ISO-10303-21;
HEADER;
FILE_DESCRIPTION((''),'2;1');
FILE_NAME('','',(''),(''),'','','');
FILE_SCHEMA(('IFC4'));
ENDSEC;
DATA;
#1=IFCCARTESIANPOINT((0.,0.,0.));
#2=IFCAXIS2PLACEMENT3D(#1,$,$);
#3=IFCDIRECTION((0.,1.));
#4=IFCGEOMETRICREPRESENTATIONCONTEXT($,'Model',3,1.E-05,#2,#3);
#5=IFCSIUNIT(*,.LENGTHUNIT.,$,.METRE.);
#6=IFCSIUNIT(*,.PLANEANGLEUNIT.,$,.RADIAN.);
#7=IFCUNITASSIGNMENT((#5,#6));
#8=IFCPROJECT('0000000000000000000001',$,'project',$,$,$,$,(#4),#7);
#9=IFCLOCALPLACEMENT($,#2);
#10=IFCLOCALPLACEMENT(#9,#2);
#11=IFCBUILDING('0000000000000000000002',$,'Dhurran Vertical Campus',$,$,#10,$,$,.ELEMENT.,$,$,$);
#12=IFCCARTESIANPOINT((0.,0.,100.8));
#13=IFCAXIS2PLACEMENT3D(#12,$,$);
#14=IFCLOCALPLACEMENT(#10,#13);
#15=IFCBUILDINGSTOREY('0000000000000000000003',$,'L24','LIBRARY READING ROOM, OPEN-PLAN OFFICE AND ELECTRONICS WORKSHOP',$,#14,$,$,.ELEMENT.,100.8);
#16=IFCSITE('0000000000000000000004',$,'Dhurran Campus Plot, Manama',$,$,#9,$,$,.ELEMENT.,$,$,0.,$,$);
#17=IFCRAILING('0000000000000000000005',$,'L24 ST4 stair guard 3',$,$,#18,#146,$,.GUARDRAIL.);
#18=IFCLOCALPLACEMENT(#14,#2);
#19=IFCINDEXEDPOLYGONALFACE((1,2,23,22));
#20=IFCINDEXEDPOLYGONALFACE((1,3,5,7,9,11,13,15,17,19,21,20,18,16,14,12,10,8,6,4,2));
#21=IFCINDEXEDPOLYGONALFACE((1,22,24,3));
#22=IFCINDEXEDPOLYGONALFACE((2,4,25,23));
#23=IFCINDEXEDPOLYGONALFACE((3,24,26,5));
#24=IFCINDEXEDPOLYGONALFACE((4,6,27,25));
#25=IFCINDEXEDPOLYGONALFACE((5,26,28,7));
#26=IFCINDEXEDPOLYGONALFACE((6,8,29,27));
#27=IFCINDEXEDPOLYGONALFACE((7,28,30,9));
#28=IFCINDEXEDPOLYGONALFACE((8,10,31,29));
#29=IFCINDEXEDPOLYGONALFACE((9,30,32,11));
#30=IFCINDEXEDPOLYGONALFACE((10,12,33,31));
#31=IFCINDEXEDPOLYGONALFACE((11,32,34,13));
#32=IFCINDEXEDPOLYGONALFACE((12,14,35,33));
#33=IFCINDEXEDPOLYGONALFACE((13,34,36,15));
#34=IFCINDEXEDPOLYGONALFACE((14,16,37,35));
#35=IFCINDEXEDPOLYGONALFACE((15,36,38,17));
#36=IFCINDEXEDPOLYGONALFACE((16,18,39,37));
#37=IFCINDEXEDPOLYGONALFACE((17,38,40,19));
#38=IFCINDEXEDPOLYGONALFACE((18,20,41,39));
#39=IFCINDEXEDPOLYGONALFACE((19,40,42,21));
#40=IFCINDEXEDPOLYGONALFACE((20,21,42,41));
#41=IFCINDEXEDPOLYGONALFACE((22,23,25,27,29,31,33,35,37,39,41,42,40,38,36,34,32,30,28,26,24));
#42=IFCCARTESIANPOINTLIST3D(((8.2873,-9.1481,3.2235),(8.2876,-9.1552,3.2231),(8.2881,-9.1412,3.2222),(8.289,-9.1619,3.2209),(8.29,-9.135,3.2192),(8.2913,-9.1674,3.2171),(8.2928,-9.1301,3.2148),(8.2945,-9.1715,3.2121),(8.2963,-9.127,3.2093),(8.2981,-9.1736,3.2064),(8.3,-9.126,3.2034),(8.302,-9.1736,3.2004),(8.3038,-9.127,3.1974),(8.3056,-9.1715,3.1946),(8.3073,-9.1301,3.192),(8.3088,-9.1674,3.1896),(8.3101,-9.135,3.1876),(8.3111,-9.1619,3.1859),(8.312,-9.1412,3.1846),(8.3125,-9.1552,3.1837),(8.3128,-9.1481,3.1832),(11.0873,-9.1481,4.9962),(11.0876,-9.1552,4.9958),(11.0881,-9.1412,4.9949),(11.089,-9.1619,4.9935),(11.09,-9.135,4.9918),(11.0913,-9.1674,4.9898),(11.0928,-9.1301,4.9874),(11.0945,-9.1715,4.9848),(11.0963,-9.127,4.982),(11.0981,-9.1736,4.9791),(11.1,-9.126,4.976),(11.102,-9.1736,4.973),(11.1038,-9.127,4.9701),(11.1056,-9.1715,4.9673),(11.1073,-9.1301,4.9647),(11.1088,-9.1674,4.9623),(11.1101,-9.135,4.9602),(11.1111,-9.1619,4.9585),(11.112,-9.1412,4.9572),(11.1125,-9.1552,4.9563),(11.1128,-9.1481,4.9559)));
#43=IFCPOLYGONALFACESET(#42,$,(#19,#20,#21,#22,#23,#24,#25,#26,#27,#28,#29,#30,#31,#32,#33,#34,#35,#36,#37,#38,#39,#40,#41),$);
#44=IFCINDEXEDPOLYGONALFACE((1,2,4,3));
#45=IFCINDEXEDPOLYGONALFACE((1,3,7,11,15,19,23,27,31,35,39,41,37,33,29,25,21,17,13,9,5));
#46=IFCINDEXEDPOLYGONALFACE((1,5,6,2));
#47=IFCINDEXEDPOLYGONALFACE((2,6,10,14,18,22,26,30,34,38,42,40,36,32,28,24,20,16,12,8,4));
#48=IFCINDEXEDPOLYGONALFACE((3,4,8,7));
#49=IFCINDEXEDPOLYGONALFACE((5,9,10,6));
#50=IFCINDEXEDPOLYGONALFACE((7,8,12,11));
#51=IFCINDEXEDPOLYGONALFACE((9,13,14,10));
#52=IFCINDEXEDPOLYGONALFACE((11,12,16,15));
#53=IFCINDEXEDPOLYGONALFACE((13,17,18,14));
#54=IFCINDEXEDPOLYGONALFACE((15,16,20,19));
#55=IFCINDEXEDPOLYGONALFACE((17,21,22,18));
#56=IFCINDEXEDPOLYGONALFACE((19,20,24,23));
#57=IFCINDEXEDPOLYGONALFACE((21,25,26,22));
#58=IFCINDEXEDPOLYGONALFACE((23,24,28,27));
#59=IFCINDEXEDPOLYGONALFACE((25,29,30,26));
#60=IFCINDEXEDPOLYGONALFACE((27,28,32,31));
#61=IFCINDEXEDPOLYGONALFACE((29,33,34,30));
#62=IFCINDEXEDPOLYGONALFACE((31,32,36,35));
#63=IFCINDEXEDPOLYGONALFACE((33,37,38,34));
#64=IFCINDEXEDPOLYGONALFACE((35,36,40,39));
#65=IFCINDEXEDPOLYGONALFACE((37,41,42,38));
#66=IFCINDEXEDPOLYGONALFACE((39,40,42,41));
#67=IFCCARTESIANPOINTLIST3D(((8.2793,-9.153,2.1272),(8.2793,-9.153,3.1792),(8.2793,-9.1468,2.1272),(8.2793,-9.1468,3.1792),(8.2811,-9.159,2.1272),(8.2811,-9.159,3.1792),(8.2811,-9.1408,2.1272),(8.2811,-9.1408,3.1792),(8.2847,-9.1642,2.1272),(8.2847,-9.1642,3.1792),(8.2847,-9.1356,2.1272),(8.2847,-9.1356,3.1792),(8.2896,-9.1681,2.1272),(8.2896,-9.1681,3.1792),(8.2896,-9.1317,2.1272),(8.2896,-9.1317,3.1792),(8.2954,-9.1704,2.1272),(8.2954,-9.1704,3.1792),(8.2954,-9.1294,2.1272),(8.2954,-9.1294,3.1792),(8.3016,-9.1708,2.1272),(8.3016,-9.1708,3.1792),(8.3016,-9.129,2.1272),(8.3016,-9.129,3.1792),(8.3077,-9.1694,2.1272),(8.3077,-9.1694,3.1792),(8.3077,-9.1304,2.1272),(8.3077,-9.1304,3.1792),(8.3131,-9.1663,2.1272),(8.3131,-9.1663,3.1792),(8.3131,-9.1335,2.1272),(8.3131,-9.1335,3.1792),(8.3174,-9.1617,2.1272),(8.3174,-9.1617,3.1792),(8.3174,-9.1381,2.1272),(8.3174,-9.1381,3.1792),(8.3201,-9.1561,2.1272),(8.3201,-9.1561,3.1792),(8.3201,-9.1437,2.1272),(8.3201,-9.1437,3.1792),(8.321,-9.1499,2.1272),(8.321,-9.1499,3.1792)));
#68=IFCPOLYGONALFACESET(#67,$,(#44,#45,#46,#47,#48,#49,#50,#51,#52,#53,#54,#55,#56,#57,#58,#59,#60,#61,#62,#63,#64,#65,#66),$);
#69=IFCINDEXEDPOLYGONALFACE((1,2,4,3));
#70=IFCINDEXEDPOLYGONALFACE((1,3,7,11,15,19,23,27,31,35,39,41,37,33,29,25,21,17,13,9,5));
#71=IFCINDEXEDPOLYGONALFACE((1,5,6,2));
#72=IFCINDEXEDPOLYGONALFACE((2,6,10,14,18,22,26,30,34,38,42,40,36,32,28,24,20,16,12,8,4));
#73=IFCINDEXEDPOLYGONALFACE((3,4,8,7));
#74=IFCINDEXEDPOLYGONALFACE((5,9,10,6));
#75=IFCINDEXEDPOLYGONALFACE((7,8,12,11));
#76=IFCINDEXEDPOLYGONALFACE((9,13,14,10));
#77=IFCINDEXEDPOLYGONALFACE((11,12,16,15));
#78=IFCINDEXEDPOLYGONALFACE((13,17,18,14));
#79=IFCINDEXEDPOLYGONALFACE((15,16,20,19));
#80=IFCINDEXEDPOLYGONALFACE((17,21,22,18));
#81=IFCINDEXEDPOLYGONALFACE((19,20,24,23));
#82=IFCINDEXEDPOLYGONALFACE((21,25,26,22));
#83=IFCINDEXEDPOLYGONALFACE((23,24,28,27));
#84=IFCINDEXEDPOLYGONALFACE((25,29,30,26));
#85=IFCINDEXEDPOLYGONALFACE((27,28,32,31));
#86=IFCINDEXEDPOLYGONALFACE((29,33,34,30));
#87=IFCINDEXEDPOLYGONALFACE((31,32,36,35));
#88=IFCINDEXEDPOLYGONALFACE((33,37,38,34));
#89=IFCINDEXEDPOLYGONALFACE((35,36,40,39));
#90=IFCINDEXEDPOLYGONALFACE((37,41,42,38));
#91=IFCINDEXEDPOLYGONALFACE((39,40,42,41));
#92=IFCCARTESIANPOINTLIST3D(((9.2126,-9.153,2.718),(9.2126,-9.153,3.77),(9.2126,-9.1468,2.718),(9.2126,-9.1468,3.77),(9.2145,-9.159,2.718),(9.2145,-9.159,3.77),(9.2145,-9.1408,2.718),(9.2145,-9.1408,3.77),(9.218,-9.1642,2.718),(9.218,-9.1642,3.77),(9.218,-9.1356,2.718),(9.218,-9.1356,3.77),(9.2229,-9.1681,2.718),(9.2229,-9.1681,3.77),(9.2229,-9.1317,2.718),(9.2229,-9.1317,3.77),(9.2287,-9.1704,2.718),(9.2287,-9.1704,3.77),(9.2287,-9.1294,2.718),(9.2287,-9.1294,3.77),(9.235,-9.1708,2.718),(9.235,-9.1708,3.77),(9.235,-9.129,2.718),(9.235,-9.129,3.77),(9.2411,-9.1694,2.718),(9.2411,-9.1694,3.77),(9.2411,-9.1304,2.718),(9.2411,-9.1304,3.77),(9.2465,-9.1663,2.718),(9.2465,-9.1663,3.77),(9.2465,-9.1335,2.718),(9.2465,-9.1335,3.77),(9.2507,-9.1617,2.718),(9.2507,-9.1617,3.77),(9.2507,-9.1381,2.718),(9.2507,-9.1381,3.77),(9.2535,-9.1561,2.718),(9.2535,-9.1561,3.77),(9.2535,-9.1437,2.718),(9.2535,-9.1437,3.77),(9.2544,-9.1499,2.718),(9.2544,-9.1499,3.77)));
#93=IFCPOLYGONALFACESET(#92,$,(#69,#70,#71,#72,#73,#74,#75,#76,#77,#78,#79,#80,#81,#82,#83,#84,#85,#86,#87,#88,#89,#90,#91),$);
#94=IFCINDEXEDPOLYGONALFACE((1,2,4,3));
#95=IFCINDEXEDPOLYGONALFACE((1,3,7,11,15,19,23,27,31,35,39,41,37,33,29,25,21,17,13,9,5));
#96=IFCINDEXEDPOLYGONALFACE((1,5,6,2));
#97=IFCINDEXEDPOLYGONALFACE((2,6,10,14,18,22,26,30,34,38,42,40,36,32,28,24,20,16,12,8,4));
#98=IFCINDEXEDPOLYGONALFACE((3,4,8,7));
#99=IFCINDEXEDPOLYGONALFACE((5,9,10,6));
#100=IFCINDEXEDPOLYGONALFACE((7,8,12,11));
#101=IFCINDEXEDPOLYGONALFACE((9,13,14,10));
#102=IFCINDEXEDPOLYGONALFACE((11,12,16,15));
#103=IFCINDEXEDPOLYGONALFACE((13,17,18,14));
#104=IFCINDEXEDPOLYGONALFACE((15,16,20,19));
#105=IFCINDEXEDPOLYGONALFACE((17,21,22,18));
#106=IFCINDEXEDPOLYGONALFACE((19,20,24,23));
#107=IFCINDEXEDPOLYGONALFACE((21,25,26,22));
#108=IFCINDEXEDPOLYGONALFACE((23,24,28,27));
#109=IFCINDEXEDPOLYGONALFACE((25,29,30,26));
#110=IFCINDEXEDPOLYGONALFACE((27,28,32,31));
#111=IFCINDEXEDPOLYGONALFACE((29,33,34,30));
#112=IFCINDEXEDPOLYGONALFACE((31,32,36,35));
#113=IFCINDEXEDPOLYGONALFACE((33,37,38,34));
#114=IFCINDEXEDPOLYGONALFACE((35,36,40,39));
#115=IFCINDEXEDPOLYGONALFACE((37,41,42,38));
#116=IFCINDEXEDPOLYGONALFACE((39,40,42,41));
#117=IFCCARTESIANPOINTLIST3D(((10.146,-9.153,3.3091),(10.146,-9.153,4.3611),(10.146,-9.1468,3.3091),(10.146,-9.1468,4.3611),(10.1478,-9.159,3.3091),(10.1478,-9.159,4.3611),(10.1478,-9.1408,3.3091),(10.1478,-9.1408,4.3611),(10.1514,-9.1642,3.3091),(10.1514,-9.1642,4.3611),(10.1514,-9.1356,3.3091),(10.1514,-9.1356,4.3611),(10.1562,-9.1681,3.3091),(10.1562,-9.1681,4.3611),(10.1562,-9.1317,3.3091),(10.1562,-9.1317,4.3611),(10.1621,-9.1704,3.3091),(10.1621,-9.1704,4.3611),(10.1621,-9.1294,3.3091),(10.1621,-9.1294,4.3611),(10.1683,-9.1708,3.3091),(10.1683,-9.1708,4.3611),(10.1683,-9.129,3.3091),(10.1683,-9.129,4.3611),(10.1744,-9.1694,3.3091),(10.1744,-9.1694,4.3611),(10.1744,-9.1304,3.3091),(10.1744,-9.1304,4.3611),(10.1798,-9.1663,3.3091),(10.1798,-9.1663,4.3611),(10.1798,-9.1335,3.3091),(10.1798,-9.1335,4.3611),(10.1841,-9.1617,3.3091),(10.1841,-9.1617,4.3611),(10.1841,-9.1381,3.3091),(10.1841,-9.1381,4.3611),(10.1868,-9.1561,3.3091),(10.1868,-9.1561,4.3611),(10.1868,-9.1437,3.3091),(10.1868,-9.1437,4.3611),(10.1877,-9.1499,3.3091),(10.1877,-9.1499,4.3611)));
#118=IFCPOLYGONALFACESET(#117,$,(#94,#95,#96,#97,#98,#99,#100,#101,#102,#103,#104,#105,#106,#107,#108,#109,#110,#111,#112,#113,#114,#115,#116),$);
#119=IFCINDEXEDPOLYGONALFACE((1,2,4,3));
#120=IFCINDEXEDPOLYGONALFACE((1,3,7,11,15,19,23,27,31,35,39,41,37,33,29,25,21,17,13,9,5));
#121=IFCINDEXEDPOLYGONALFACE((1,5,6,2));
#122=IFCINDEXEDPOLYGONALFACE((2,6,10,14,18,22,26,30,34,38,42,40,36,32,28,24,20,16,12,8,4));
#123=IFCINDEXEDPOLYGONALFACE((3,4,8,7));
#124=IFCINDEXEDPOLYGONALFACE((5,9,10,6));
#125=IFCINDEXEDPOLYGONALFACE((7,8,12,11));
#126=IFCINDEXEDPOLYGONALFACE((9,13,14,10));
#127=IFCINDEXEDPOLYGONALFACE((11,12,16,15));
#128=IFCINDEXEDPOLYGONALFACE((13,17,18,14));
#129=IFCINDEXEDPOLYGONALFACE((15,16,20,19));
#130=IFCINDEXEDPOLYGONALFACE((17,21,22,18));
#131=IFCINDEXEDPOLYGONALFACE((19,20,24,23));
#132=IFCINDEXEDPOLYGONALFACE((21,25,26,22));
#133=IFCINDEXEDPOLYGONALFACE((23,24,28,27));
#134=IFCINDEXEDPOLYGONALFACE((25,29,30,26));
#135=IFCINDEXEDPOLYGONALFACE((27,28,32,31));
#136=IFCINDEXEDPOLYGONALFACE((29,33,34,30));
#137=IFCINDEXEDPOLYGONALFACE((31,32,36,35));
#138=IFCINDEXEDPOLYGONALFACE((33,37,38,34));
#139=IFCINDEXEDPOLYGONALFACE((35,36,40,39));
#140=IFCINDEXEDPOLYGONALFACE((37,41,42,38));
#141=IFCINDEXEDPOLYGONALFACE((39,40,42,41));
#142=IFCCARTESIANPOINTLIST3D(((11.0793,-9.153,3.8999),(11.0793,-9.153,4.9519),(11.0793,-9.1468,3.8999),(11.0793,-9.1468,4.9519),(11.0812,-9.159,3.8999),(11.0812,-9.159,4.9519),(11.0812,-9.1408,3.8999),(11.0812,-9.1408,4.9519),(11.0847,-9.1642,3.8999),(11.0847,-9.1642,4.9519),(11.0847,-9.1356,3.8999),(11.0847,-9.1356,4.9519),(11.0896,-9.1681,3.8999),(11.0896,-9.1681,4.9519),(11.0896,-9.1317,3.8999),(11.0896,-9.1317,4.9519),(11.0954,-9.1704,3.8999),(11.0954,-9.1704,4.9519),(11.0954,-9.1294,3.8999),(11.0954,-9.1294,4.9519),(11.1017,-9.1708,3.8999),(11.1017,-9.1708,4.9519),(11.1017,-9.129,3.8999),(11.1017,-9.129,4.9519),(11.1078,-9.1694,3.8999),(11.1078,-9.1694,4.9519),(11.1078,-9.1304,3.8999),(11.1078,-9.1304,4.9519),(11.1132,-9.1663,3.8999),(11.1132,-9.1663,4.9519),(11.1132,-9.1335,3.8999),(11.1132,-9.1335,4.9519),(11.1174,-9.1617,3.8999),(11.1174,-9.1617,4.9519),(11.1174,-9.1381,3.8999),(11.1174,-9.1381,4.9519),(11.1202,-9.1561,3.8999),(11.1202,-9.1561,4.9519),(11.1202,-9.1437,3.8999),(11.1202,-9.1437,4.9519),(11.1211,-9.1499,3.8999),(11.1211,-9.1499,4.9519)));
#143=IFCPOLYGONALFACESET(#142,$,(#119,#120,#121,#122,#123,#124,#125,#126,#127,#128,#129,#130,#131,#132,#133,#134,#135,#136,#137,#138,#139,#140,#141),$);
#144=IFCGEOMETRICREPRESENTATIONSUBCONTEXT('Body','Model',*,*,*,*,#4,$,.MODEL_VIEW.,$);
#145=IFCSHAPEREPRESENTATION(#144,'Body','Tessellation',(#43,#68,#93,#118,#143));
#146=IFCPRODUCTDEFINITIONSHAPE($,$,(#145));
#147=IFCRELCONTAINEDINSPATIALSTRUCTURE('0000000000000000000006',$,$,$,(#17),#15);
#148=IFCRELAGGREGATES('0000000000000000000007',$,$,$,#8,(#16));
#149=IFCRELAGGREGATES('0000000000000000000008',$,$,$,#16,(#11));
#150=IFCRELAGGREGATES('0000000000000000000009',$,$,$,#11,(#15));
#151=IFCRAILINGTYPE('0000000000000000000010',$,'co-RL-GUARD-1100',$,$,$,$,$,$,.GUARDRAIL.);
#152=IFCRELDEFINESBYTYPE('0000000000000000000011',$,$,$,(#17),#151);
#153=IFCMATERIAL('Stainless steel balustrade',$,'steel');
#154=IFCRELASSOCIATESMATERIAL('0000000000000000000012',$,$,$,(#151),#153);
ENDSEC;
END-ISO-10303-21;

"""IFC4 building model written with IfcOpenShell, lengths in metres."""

from ifc_helpers import new_model, si_unit, direction, frame, origin, origin_2d, place, context, subcontext, project, spatial, circle, extrude, material, type_object, element, save


model = new_model("IFC4")

# Units and contexts
model_context = context("Model", 3, precision=1e-05, world=origin(), true_north=direction((0.0, 1.0)))
body_context = subcontext(model_context, "Body", "Model", "MODEL_VIEW")
ifc_project = project(units=[si_unit("LENGTHUNIT", "METRE"), si_unit("PLANEANGLEUNIT", "RADIAN")], contexts=[model_context])

# Site, building, storey
site_placement = place(None, origin())
site = spatial("IfcSite", under=ifc_project, at=site_placement, Name="Dhurran Campus Plot, Manama", CompositionType="ELEMENT", RefElevation=0.0)
building_placement = place(site_placement, origin())
building = spatial("IfcBuilding", under=site, at=building_placement, Name="Dhurran Vertical Campus", CompositionType="ELEMENT")
storey_placement = place(building_placement, frame((0.0, 0.0, 100.8)))
storey = spatial("IfcBuildingStorey", under=building, at=storey_placement, Name="L24", Description="LIBRARY READING ROOM, OPEN-PLAN OFFICE AND ELECTRONICS WORKSHOP", CompositionType="ELEMENT", Elevation=100.8)

# Railing
ifc_material_1 = material(Name="Stainless steel balustrade", Category="steel")
railing_type_1 = type_object("IfcRailingType", Name="co-RL-GUARD-1100", PredefinedType="GUARDRAIL", material=ifc_material_1)
railing_1_placement = place(storey_placement, frame((8.3, -9.1499, 2.1272)))
element("IfcRailing", 1, at=railing_1_placement, inside=storey, type_object=railing_type_1, Name="L24 ST4 stair guard 3", PredefinedType="GUARDRAIL", context=body_context, shape_type="SweptSolid", body=[
    extrude(circle(Radius=0.0239, at=origin_2d()), frame((0.0, 0.0, 1.0762), z_axis=(0.844909, 0.0, 0.53491), x_axis=(0.0, 1.0, 0.0)), (0.0, 0.0, 1.0), 3.314),
    extrude(circle(Radius=0.021, at=origin_2d()), origin(), (0.0, 0.0, 1.0), 1.052),
    extrude(circle(Radius=0.021, at=origin_2d()), frame((0.9333, 0.0, 0.5908)), (0.0, 0.0, 1.0), 1.052),
    extrude(circle(Radius=0.021, at=origin_2d()), frame((1.8667, 0.0, 1.1819)), (0.0, 0.0, 1.0), 1.052),
    extrude(circle(Radius=0.021, at=origin_2d()), frame((2.8, 0.0, 1.7727)), (0.0, 0.0, 1.0), 1.052),
])

save(model, "model.ifc")
